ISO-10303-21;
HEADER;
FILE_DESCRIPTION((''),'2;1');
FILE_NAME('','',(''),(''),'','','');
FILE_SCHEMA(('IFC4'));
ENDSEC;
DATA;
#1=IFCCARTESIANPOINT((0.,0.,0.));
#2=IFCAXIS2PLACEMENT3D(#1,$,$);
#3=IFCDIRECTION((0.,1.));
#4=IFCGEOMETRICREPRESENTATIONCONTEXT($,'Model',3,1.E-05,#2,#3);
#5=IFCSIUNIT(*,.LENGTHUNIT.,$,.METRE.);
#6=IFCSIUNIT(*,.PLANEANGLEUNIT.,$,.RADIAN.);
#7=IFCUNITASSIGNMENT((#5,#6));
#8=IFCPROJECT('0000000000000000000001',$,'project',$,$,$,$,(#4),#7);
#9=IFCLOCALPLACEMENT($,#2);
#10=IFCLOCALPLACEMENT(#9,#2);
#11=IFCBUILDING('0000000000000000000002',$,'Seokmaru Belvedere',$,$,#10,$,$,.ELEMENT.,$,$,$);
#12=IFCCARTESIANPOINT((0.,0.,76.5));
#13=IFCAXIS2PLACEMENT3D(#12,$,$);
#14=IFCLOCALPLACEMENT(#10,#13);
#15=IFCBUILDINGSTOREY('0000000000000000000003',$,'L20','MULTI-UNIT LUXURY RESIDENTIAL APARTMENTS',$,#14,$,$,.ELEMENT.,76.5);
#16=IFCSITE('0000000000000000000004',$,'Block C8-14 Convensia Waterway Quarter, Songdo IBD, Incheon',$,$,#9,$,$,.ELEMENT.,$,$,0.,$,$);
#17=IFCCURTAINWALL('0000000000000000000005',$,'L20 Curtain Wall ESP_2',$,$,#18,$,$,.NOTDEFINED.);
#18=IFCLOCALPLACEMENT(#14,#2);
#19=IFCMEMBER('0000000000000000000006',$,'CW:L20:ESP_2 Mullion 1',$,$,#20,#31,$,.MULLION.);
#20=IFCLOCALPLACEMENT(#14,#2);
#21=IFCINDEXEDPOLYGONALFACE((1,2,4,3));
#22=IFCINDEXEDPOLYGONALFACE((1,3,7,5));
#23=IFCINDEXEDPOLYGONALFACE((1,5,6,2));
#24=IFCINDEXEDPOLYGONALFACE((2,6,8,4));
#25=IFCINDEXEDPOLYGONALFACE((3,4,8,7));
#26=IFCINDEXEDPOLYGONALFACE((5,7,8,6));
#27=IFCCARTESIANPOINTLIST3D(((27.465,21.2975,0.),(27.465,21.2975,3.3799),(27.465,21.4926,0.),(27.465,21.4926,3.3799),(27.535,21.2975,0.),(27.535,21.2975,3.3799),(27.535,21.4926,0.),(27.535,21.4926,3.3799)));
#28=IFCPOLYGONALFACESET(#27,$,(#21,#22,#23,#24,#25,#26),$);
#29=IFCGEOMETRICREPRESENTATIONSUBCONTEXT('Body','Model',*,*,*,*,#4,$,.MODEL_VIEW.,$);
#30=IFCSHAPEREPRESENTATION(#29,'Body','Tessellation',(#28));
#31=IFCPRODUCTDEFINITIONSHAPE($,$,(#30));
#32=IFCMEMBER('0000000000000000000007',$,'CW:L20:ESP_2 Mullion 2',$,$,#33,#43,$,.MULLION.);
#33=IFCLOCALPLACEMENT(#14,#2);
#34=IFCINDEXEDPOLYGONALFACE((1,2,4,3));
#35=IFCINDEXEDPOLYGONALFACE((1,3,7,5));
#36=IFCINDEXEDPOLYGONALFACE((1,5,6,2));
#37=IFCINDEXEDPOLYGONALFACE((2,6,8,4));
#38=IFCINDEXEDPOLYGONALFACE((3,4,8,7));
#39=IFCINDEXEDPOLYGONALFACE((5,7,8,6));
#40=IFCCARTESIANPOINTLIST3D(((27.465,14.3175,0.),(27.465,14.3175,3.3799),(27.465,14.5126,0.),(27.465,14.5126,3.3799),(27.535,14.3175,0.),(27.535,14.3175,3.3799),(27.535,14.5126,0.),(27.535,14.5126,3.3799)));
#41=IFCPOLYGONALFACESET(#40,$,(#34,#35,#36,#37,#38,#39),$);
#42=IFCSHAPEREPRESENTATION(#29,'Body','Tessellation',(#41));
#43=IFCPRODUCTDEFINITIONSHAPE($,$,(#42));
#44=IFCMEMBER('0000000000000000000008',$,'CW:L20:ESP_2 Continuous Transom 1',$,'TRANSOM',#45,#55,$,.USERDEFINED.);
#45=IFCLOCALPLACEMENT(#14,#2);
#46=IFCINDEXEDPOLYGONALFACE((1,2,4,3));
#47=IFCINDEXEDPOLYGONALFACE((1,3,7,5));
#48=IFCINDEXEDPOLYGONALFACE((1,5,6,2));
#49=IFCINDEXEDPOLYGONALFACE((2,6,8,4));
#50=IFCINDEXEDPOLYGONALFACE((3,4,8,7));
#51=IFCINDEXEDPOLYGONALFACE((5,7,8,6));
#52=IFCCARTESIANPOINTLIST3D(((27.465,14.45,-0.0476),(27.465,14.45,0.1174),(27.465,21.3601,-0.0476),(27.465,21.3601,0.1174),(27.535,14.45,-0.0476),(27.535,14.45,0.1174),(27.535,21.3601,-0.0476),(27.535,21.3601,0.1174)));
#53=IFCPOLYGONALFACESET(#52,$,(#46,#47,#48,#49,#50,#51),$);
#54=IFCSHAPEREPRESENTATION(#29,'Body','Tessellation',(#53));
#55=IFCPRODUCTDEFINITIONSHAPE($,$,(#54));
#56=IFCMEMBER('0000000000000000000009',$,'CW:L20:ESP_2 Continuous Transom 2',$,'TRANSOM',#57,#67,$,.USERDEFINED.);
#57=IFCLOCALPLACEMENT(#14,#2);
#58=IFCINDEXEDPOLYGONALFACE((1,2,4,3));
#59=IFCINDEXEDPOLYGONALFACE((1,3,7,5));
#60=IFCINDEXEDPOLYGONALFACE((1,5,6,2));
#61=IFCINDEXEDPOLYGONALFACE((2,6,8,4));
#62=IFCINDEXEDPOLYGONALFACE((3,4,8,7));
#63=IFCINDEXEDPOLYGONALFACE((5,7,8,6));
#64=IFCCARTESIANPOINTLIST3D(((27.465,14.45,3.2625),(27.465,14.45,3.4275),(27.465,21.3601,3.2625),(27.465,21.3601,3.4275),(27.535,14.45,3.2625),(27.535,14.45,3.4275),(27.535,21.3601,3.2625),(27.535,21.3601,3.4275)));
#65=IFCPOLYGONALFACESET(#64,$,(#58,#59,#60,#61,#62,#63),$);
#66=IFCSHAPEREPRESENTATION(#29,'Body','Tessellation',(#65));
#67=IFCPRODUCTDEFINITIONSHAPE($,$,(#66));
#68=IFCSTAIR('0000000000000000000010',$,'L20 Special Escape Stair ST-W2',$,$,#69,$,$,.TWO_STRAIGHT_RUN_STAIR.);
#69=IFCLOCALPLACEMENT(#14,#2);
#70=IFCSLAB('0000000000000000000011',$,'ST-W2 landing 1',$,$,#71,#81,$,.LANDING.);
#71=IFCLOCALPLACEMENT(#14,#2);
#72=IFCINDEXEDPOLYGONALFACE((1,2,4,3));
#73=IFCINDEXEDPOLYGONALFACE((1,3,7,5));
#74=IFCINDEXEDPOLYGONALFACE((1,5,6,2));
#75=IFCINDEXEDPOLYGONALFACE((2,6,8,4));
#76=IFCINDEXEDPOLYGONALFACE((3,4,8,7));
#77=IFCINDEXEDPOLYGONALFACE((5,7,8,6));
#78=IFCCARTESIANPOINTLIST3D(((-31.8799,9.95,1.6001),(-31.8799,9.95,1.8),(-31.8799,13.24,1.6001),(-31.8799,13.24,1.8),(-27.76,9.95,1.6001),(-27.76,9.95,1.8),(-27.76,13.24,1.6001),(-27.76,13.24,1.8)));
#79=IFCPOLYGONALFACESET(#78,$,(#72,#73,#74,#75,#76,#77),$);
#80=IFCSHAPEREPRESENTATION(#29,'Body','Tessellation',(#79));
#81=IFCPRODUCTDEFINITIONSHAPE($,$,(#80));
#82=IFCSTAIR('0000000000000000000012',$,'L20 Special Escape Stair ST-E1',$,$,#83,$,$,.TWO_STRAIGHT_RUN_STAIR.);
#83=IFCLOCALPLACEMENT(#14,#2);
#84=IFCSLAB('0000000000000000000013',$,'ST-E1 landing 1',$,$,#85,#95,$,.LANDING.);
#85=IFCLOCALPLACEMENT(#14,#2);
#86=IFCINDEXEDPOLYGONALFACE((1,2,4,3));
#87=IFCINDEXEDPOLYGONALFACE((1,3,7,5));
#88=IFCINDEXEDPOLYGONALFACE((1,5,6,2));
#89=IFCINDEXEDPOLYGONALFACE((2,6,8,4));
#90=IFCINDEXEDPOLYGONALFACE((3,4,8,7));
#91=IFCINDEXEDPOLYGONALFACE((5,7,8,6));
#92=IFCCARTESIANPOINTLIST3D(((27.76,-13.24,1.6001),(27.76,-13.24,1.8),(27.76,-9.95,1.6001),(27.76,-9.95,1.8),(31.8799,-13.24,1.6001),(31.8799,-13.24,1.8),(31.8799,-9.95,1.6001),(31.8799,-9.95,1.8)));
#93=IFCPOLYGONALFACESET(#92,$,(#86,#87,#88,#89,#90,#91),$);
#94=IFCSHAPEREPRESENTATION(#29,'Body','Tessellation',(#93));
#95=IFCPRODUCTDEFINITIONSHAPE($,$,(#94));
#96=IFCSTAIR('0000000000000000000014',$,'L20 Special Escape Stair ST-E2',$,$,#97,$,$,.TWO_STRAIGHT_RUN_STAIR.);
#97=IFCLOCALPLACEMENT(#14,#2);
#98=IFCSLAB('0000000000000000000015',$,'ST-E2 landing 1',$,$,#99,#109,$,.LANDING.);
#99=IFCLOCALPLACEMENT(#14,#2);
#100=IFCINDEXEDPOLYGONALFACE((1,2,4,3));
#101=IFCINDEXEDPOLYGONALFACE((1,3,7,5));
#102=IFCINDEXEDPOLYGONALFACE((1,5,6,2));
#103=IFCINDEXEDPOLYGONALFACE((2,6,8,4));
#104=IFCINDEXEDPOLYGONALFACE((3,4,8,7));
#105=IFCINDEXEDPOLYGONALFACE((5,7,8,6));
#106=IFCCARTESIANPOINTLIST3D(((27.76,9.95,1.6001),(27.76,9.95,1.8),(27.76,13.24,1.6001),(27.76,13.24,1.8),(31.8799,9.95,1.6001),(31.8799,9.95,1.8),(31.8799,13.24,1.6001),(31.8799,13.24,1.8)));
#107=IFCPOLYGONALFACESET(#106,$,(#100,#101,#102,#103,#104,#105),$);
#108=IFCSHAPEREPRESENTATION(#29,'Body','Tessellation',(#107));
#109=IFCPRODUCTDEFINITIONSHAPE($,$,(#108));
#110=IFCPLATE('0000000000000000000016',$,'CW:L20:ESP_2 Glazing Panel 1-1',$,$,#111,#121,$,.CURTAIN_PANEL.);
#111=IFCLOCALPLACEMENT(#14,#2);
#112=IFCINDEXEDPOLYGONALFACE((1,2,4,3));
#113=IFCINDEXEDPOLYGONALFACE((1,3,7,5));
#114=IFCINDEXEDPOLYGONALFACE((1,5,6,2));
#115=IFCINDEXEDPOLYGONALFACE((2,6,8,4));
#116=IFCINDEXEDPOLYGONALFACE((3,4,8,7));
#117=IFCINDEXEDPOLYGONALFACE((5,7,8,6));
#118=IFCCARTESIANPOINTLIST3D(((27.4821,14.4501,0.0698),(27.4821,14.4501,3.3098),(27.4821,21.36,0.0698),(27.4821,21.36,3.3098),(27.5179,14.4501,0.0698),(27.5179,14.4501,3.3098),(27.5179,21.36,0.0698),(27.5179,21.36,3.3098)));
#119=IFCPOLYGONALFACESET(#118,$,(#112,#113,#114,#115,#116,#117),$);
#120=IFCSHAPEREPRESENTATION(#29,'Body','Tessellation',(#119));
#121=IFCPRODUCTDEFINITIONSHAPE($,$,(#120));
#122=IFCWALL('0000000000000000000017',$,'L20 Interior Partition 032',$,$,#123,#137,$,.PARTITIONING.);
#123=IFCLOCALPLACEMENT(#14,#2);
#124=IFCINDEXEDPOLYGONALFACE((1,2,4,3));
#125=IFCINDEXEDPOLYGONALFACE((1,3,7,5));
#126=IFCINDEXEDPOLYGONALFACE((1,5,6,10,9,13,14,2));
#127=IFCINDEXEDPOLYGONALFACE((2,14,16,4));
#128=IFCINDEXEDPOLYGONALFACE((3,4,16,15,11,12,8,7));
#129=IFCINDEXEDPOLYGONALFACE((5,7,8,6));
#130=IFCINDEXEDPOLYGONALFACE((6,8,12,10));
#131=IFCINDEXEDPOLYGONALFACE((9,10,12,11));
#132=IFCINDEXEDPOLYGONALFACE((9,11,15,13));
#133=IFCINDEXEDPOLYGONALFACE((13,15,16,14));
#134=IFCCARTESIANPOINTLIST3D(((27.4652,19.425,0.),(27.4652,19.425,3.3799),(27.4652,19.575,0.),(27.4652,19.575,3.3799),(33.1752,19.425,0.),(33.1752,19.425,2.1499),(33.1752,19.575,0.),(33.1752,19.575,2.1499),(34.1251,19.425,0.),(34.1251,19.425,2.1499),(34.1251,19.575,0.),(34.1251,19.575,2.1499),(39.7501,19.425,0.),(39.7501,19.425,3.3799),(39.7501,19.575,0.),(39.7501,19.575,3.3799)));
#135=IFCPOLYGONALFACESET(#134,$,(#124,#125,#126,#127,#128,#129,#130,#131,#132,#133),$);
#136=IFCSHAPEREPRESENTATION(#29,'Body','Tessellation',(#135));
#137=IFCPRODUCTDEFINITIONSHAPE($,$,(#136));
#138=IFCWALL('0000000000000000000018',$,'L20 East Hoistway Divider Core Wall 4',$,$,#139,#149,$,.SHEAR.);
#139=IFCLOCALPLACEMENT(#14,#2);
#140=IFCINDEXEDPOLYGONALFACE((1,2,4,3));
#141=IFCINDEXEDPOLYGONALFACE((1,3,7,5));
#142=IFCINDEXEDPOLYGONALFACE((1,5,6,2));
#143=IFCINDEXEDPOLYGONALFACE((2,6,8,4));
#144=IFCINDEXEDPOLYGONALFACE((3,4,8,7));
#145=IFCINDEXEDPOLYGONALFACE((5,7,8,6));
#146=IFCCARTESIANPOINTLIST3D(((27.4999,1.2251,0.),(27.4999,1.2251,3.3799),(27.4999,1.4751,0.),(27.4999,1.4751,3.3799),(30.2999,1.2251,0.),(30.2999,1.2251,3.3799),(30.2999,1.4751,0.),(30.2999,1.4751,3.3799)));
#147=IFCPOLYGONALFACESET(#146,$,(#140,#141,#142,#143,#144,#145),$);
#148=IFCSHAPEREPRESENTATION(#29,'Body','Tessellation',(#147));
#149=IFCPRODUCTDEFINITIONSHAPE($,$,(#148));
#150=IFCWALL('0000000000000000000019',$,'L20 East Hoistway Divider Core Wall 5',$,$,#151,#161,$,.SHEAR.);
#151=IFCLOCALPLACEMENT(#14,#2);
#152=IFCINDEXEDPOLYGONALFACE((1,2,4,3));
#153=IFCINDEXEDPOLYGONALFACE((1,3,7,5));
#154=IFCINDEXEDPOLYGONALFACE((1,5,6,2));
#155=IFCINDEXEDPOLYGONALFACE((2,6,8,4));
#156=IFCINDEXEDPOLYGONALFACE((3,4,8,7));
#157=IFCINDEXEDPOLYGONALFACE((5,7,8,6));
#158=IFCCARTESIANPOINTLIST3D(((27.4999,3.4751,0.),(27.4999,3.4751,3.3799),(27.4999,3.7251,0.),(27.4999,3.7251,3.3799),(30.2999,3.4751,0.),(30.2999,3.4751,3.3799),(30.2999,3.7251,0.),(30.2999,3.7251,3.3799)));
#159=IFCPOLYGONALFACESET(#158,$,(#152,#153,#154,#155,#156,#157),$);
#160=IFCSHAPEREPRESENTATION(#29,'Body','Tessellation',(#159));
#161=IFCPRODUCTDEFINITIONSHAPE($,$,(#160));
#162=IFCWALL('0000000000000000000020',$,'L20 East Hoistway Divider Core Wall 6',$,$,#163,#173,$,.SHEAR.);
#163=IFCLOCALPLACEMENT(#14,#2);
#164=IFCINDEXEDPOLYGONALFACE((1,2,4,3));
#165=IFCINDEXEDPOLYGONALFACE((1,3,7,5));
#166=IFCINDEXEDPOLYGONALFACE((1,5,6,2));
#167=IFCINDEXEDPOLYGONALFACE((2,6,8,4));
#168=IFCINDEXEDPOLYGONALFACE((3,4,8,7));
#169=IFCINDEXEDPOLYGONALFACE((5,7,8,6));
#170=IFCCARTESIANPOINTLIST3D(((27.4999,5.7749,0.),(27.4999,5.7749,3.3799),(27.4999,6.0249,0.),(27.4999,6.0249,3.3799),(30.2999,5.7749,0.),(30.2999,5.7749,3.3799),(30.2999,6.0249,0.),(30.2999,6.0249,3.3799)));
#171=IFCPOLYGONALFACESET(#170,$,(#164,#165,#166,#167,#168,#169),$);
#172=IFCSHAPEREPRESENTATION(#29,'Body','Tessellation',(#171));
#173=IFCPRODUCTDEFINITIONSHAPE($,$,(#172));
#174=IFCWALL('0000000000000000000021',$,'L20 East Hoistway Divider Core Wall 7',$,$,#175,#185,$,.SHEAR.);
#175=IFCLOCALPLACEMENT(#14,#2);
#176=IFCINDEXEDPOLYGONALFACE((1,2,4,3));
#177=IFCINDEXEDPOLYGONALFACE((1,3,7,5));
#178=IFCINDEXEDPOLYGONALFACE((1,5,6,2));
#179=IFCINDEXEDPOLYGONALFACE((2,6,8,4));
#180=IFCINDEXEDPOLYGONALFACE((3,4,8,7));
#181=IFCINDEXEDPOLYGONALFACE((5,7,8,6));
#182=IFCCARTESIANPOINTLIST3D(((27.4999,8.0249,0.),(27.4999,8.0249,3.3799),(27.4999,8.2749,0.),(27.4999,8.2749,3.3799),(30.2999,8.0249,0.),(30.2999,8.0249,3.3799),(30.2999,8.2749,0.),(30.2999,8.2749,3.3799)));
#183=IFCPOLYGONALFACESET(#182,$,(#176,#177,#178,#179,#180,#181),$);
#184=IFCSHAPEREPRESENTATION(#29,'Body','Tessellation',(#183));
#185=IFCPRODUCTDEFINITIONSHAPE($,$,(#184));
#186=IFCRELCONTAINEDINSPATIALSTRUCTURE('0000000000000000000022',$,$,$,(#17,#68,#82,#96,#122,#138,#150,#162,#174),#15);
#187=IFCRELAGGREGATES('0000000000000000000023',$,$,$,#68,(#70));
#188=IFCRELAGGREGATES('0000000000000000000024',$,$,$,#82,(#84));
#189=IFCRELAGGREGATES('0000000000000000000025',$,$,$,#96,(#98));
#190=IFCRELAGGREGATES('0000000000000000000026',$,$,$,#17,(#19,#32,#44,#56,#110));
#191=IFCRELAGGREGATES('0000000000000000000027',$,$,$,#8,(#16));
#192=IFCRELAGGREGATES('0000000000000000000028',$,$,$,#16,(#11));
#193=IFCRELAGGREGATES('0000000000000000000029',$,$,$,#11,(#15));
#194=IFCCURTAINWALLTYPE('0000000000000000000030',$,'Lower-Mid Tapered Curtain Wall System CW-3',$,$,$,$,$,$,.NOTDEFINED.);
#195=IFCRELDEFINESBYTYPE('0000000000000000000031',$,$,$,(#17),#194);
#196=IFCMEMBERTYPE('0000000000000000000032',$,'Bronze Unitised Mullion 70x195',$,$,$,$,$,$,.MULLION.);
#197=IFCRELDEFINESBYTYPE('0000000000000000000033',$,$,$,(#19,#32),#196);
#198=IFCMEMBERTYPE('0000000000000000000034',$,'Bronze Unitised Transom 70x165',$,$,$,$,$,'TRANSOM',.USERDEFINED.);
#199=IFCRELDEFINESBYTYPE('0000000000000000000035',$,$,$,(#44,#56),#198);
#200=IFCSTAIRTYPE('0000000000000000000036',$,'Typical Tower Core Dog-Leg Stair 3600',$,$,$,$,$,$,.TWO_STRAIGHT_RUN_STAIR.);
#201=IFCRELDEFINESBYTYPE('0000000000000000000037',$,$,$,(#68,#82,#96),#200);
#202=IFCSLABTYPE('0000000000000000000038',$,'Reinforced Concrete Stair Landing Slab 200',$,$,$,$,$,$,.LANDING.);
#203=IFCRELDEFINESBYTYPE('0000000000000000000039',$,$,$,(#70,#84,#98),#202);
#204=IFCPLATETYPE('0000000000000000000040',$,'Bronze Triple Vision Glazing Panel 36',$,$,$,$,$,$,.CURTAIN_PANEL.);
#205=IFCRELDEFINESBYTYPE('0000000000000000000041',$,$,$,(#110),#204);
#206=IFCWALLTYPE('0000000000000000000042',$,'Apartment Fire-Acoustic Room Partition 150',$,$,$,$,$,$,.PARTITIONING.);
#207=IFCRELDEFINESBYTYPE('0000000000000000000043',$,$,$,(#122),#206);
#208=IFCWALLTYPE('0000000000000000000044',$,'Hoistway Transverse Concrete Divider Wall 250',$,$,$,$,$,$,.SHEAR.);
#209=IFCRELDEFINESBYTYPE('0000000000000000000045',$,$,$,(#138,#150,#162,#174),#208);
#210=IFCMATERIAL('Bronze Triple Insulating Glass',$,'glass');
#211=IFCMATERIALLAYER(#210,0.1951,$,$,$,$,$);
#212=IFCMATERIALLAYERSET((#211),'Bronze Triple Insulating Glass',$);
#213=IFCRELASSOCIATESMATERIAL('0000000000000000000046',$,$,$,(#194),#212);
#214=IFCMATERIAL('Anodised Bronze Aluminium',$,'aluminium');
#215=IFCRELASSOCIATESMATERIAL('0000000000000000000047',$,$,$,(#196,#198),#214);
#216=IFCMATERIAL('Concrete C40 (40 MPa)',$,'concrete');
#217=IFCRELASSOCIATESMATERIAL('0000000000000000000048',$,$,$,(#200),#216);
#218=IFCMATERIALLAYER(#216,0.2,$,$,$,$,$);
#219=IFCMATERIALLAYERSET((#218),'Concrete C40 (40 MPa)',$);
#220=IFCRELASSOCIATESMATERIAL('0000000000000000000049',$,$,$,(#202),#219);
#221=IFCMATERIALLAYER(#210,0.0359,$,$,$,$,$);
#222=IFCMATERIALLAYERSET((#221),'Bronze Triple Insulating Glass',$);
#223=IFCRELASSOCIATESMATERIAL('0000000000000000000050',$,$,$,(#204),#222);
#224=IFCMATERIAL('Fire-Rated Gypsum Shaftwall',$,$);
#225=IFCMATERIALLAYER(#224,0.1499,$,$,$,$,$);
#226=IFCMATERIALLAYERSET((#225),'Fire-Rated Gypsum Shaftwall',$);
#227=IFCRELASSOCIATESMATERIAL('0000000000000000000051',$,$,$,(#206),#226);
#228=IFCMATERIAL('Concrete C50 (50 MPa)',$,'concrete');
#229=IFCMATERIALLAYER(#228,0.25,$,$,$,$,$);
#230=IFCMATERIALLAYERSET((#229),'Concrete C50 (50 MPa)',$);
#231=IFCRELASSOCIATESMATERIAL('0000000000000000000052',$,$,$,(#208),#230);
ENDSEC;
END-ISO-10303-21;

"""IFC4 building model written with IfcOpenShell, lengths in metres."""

from ifc_helpers import new_model, si_unit, direction, frame, frame_2d, origin, origin_2d, place, context, subcontext, project, spatial, polyline, rectangle, outline, extrude, source, transform, mapped, material, layer, layer_set, material_profile, profile_set, type_object, type_shapes, element, aggregate, save


model = new_model("IFC4")

# Units and contexts
model_context = context("Model", 3, precision=1e-05, world=origin(), true_north=direction((0.0, 1.0)))
body_context = subcontext(model_context, "Body", "Model", "MODEL_VIEW")
ifc_project = project(units=[si_unit("LENGTHUNIT", "METRE"), si_unit("PLANEANGLEUNIT", "RADIAN")], contexts=[model_context])

# Site, building, storey
site_placement = place(None, origin())
site = spatial("IfcSite", under=ifc_project, at=site_placement, Name="Block C8-14 Convensia Waterway Quarter, Songdo IBD, Incheon", CompositionType="ELEMENT", RefElevation=0.0)
building_placement = place(site_placement, origin())
building = spatial("IfcBuilding", under=site, at=building_placement, Name="Seokmaru Belvedere", CompositionType="ELEMENT")
storey_placement = place(building_placement, frame((0.0, 0.0, 76.5)))
storey = spatial("IfcBuildingStorey", under=building, at=storey_placement, Name="L20", Description="MULTI-UNIT LUXURY RESIDENTIAL APARTMENTS", CompositionType="ELEMENT", Elevation=76.5)

# Curtain wall, members
ifc_material_1 = material(Name="Bronze Triple Insulating Glass", Category="glass")
ifc_layer_1 = layer(ifc_material_1, 0.1951)
ifc_layer_set_1 = layer_set([ifc_layer_1], Name="Bronze Triple Insulating Glass")
curtain_wall_type = type_object("IfcCurtainWallType", Name="Lower-Mid Tapered Curtain Wall System CW-3", PredefinedType="NOTDEFINED", material=ifc_layer_set_1)
curtain_wall_placement = place(storey_placement, origin())
curtain_wall = element("IfcCurtainWall", 1, at=curtain_wall_placement, inside=storey, type_object=curtain_wall_type, Name="L20 Curtain Wall ESP_2", PredefinedType="NOTDEFINED")
ifc_material_2 = material(Name="Anodised Bronze Aluminium", Category="aluminium")
ifc_material_profile_1 = material_profile(ifc_material_2, rectangle(XDim=0.0701, YDim=0.1951, at=origin_2d()), Name="CW-M-70x195")
ifc_profile_set_1 = profile_set([ifc_material_profile_1], Name="Anodised Bronze Aluminium")
member_type_1 = type_object("IfcMemberType", Name="Bronze Unitised Mullion 70x195", PredefinedType="MULLION", material=ifc_profile_set_1)
shared_shape_1 = source(origin(), body_context, "Body", "SweptSolid", [
    extrude(rectangle(XDim=0.0701, YDim=0.1951, at=origin_2d()), origin(), (0.0, 0.0, 1.0), 3.3799),
])
type_shapes(member_type_1, [shared_shape_1])
member_1_placement = place(storey_placement, frame((27.5, 21.395, 0.0), z_axis=(0.0, 0.0, 1.0), x_axis=(1.0, 0.0, 0.0)))
member_1 = element("IfcMember", 2, at=member_1_placement, type_object=member_type_1, Name="CW:L20:ESP_2 Mullion 1", PredefinedType="MULLION", context=body_context, shape_type="MappedRepresentation", body=[
    mapped(shared_shape_1, transform((0.0, 0.0, 0.0), scale=1.0)),
])
member_2_placement = place(storey_placement, frame((27.5, 14.415, 0.0), z_axis=(0.0, 0.0, 1.0), x_axis=(1.0, 0.0, 0.0)))
member_2 = element("IfcMember", 3, at=member_2_placement, type_object=member_type_1, Name="CW:L20:ESP_2 Mullion 2", PredefinedType="MULLION", context=body_context, shape_type="MappedRepresentation", body=[
    mapped(shared_shape_1, transform((0.0, 0.0, 0.0), scale=1.0)),
])
ifc_material_profile_2 = material_profile(ifc_material_2, rectangle(XDim=0.0701, YDim=0.165, at=origin_2d()), Name="CW-T-70x165")
ifc_profile_set_2 = profile_set([ifc_material_profile_2], Name="Anodised Bronze Aluminium")
member_type_2 = type_object("IfcMemberType", Name="Bronze Unitised Transom 70x165", ElementType="TRANSOM", PredefinedType="USERDEFINED", material=ifc_profile_set_2)
shared_shape_2 = source(origin(), body_context, "Body", "SweptSolid", [
    extrude(rectangle(XDim=0.0701, YDim=0.165, at=origin_2d()), origin(), (0.0, 0.0, 1.0), 6.9102),
])
type_shapes(member_type_2, [shared_shape_2])
member_3_placement = place(storey_placement, frame((27.5, 21.3601, 0.0349), z_axis=(0.0, -1.0, 0.0), x_axis=(1.0, 0.0, 0.0)))
member_3 = element("IfcMember", 4, at=member_3_placement, type_object=member_type_2, Name="CW:L20:ESP_2 Continuous Transom 1", ObjectType="TRANSOM", PredefinedType="USERDEFINED", context=body_context, shape_type="MappedRepresentation", body=[
    mapped(shared_shape_2, transform((0.0, 0.0, 0.0), scale=1.0)),
])
member_4_placement = place(storey_placement, frame((27.5, 21.3601, 3.345), z_axis=(0.0, -1.0, 0.0), x_axis=(1.0, 0.0, 0.0)))
member_4 = element("IfcMember", 5, at=member_4_placement, type_object=member_type_2, Name="CW:L20:ESP_2 Continuous Transom 2", ObjectType="TRANSOM", PredefinedType="USERDEFINED", context=body_context, shape_type="MappedRepresentation", body=[
    mapped(shared_shape_2, transform((0.0, 0.0, 0.0), scale=1.0)),
])

# Stairs, slabs
ifc_material_3 = material(Name="Concrete C40 (40 MPa)", Category="concrete")
stair_type = type_object("IfcStairType", Name="Typical Tower Core Dog-Leg Stair 3600", PredefinedType="TWO_STRAIGHT_RUN_STAIR", material=ifc_material_3)
stair_1_placement = place(storey_placement, origin())
stair_1 = element("IfcStair", 6, at=stair_1_placement, inside=storey, type_object=stair_type, Name="L20 Special Escape Stair ST-W2", PredefinedType="TWO_STRAIGHT_RUN_STAIR")
ifc_layer_2 = layer(ifc_material_3, 0.2)
ifc_layer_set_2 = layer_set([ifc_layer_2], Name="Concrete C40 (40 MPa)")
slab_type = type_object("IfcSlabType", Name="Reinforced Concrete Stair Landing Slab 200", PredefinedType="LANDING", material=ifc_layer_set_2)
slab_1_placement = place(storey_placement, frame((0.0, 0.0, 1.6001)))
slab_1 = element("IfcSlab", 7, at=slab_1_placement, type_object=slab_type, Name="ST-W2 landing 1", PredefinedType="LANDING", context=body_context, shape_type="SweptSolid", body=[
    extrude(outline(polyline([(-31.8799, 9.95), (-27.76, 9.95), (-27.76, 13.24), (-31.8799, 13.24), (-31.8799, 9.95)])), origin(), (0.0, 0.0, 1.0), 0.2),
])
aggregate(stair_1, [slab_1])
stair_2_placement = place(storey_placement, origin())
stair_2 = element("IfcStair", 8, at=stair_2_placement, inside=storey, type_object=stair_type, Name="L20 Special Escape Stair ST-E1", PredefinedType="TWO_STRAIGHT_RUN_STAIR")
slab_2_placement = place(storey_placement, frame((0.0, 0.0, 1.6001)))
slab_2 = element("IfcSlab", 9, at=slab_2_placement, type_object=slab_type, Name="ST-E1 landing 1", PredefinedType="LANDING", context=body_context, shape_type="SweptSolid", body=[
    extrude(outline(polyline([(27.76, -13.24), (31.8799, -13.24), (31.8799, -9.95), (27.76, -9.95), (27.76, -13.24)])), origin(), (0.0, 0.0, 1.0), 0.2),
])
aggregate(stair_2, [slab_2])
stair_3_placement = place(storey_placement, origin())
stair_3 = element("IfcStair", 10, at=stair_3_placement, inside=storey, type_object=stair_type, Name="L20 Special Escape Stair ST-E2", PredefinedType="TWO_STRAIGHT_RUN_STAIR")
slab_3_placement = place(storey_placement, frame((0.0, 0.0, 1.6001)))
slab_3 = element("IfcSlab", 11, at=slab_3_placement, type_object=slab_type, Name="ST-E2 landing 1", PredefinedType="LANDING", context=body_context, shape_type="SweptSolid", body=[
    extrude(outline(polyline([(27.76, 9.95), (31.8799, 9.95), (31.8799, 13.24), (27.76, 13.24), (27.76, 9.95)])), origin(), (0.0, 0.0, 1.0), 0.2),
])
aggregate(stair_3, [slab_3])

# Plate
ifc_layer_3 = layer(ifc_material_1, 0.0359)
ifc_layer_set_3 = layer_set([ifc_layer_3], Name="Bronze Triple Insulating Glass")
plate_type = type_object("IfcPlateType", Name="Bronze Triple Vision Glazing Panel 36", PredefinedType="CURTAIN_PANEL", material=ifc_layer_set_3)
shared_shape_3 = source(origin(), body_context, "Body", "SweptSolid", [
    extrude(rectangle(XDim=6.9099, YDim=0.0359, at=origin_2d()), origin(), (0.0, 0.0, 1.0), 3.24),
])
type_shapes(plate_type, [shared_shape_3])
plate_placement = place(storey_placement, frame((27.5, 17.905, 0.0698), z_axis=(0.0, 0.0, 1.0), x_axis=(0.0, -1.0, 0.0)))
plate = element("IfcPlate", 12, at=plate_placement, type_object=plate_type, Name="CW:L20:ESP_2 Glazing Panel 1-1", PredefinedType="CURTAIN_PANEL", context=body_context, shape_type="MappedRepresentation", body=[
    mapped(shared_shape_3, transform((0.0, 0.0, 0.0), scale=1.0)),
])
aggregate(curtain_wall, [member_1, member_2, member_3, member_4, plate])

# Wall, opening
ifc_material_4 = material(Name="Fire-Rated Gypsum Shaftwall")
ifc_layer_4 = layer(ifc_material_4, 0.1499)
ifc_layer_set_4 = layer_set([ifc_layer_4], Name="Fire-Rated Gypsum Shaftwall")
wall_type_1 = type_object("IfcWallType", Name="Apartment Fire-Acoustic Room Partition 150", PredefinedType="PARTITIONING", material=ifc_layer_set_4)
wall_1_placement = place(storey_placement, frame((27.4651, 19.5, 0.0), z_axis=(0.0, 0.0, 1.0), x_axis=(1.0, 0.0, 0.0)))
wall_1 = element("IfcWall", 13, at=wall_1_placement, inside=storey, type_object=wall_type_1, Name="L20 Interior Partition 032", PredefinedType="PARTITIONING", context=body_context, shape_type="SweptSolid", body=[
    extrude(rectangle(XDim=12.2849, YDim=0.1499, at=frame_2d((6.1426, 0.0))), origin(), (0.0, 0.0, 1.0), 3.3799),
])
opening_1_placement = place(wall_1_placement, frame((5.71, 0.0, 0.0)))
element("IfcOpeningElement", 14, at=opening_1_placement, cuts=wall_1, PredefinedType="OPENING", context=body_context, shape_type="SweptSolid", body=[
    extrude(rectangle(XDim=0.95, YDim=2.1499, at=frame_2d((0.4751, 1.075))), frame((0.0, 0.085, 0.0), z_axis=(0.0, -1.0, 0.0), x_axis=(1.0, 0.0, 0.0)), (0.0, 0.0, 1.0), 0.1699),
])

# Walls
ifc_material_5 = material(Name="Concrete C50 (50 MPa)", Category="concrete")
ifc_layer_5 = layer(ifc_material_5, 0.25)
ifc_layer_set_5 = layer_set([ifc_layer_5], Name="Concrete C50 (50 MPa)")
wall_type_2 = type_object("IfcWallType", Name="Hoistway Transverse Concrete Divider Wall 250", PredefinedType="SHEAR", material=ifc_layer_set_5)
for number, where, z_axis, x_axis, name in (
    (15, (27.5, 1.3501, 0.0), (0.0, 0.0, 1.0), (1.0, 0.0, 0.0), "L20 East Hoistway Divider Core Wall 4"),
    (16, (27.5, 3.6001, 0.0), (0.0, 0.0, 1.0), (1.0, 0.0, 0.0), "L20 East Hoistway Divider Core Wall 5"),
    (17, (27.5, 5.8999, 0.0), (0.0, 0.0, 1.0), (1.0, 0.0, 0.0), "L20 East Hoistway Divider Core Wall 6"),
    (18, (27.5, 8.1499, 0.0), (0.0, 0.0, 1.0), (1.0, 0.0, 0.0), "L20 East Hoistway Divider Core Wall 7"),
):
    element("IfcWall", number, at=place(storey_placement, frame(where, z_axis=z_axis, x_axis=x_axis)), inside=storey, type_object=wall_type_2, Name=name, PredefinedType="SHEAR", context=body_context, shape_type="SweptSolid", body=[
        extrude(rectangle(XDim=2.8, YDim=0.25, at=frame_2d((1.3999, 0.0))), origin(), (0.0, 0.0, 1.0), 3.3799),
    ])

save(model, "model.ifc")
